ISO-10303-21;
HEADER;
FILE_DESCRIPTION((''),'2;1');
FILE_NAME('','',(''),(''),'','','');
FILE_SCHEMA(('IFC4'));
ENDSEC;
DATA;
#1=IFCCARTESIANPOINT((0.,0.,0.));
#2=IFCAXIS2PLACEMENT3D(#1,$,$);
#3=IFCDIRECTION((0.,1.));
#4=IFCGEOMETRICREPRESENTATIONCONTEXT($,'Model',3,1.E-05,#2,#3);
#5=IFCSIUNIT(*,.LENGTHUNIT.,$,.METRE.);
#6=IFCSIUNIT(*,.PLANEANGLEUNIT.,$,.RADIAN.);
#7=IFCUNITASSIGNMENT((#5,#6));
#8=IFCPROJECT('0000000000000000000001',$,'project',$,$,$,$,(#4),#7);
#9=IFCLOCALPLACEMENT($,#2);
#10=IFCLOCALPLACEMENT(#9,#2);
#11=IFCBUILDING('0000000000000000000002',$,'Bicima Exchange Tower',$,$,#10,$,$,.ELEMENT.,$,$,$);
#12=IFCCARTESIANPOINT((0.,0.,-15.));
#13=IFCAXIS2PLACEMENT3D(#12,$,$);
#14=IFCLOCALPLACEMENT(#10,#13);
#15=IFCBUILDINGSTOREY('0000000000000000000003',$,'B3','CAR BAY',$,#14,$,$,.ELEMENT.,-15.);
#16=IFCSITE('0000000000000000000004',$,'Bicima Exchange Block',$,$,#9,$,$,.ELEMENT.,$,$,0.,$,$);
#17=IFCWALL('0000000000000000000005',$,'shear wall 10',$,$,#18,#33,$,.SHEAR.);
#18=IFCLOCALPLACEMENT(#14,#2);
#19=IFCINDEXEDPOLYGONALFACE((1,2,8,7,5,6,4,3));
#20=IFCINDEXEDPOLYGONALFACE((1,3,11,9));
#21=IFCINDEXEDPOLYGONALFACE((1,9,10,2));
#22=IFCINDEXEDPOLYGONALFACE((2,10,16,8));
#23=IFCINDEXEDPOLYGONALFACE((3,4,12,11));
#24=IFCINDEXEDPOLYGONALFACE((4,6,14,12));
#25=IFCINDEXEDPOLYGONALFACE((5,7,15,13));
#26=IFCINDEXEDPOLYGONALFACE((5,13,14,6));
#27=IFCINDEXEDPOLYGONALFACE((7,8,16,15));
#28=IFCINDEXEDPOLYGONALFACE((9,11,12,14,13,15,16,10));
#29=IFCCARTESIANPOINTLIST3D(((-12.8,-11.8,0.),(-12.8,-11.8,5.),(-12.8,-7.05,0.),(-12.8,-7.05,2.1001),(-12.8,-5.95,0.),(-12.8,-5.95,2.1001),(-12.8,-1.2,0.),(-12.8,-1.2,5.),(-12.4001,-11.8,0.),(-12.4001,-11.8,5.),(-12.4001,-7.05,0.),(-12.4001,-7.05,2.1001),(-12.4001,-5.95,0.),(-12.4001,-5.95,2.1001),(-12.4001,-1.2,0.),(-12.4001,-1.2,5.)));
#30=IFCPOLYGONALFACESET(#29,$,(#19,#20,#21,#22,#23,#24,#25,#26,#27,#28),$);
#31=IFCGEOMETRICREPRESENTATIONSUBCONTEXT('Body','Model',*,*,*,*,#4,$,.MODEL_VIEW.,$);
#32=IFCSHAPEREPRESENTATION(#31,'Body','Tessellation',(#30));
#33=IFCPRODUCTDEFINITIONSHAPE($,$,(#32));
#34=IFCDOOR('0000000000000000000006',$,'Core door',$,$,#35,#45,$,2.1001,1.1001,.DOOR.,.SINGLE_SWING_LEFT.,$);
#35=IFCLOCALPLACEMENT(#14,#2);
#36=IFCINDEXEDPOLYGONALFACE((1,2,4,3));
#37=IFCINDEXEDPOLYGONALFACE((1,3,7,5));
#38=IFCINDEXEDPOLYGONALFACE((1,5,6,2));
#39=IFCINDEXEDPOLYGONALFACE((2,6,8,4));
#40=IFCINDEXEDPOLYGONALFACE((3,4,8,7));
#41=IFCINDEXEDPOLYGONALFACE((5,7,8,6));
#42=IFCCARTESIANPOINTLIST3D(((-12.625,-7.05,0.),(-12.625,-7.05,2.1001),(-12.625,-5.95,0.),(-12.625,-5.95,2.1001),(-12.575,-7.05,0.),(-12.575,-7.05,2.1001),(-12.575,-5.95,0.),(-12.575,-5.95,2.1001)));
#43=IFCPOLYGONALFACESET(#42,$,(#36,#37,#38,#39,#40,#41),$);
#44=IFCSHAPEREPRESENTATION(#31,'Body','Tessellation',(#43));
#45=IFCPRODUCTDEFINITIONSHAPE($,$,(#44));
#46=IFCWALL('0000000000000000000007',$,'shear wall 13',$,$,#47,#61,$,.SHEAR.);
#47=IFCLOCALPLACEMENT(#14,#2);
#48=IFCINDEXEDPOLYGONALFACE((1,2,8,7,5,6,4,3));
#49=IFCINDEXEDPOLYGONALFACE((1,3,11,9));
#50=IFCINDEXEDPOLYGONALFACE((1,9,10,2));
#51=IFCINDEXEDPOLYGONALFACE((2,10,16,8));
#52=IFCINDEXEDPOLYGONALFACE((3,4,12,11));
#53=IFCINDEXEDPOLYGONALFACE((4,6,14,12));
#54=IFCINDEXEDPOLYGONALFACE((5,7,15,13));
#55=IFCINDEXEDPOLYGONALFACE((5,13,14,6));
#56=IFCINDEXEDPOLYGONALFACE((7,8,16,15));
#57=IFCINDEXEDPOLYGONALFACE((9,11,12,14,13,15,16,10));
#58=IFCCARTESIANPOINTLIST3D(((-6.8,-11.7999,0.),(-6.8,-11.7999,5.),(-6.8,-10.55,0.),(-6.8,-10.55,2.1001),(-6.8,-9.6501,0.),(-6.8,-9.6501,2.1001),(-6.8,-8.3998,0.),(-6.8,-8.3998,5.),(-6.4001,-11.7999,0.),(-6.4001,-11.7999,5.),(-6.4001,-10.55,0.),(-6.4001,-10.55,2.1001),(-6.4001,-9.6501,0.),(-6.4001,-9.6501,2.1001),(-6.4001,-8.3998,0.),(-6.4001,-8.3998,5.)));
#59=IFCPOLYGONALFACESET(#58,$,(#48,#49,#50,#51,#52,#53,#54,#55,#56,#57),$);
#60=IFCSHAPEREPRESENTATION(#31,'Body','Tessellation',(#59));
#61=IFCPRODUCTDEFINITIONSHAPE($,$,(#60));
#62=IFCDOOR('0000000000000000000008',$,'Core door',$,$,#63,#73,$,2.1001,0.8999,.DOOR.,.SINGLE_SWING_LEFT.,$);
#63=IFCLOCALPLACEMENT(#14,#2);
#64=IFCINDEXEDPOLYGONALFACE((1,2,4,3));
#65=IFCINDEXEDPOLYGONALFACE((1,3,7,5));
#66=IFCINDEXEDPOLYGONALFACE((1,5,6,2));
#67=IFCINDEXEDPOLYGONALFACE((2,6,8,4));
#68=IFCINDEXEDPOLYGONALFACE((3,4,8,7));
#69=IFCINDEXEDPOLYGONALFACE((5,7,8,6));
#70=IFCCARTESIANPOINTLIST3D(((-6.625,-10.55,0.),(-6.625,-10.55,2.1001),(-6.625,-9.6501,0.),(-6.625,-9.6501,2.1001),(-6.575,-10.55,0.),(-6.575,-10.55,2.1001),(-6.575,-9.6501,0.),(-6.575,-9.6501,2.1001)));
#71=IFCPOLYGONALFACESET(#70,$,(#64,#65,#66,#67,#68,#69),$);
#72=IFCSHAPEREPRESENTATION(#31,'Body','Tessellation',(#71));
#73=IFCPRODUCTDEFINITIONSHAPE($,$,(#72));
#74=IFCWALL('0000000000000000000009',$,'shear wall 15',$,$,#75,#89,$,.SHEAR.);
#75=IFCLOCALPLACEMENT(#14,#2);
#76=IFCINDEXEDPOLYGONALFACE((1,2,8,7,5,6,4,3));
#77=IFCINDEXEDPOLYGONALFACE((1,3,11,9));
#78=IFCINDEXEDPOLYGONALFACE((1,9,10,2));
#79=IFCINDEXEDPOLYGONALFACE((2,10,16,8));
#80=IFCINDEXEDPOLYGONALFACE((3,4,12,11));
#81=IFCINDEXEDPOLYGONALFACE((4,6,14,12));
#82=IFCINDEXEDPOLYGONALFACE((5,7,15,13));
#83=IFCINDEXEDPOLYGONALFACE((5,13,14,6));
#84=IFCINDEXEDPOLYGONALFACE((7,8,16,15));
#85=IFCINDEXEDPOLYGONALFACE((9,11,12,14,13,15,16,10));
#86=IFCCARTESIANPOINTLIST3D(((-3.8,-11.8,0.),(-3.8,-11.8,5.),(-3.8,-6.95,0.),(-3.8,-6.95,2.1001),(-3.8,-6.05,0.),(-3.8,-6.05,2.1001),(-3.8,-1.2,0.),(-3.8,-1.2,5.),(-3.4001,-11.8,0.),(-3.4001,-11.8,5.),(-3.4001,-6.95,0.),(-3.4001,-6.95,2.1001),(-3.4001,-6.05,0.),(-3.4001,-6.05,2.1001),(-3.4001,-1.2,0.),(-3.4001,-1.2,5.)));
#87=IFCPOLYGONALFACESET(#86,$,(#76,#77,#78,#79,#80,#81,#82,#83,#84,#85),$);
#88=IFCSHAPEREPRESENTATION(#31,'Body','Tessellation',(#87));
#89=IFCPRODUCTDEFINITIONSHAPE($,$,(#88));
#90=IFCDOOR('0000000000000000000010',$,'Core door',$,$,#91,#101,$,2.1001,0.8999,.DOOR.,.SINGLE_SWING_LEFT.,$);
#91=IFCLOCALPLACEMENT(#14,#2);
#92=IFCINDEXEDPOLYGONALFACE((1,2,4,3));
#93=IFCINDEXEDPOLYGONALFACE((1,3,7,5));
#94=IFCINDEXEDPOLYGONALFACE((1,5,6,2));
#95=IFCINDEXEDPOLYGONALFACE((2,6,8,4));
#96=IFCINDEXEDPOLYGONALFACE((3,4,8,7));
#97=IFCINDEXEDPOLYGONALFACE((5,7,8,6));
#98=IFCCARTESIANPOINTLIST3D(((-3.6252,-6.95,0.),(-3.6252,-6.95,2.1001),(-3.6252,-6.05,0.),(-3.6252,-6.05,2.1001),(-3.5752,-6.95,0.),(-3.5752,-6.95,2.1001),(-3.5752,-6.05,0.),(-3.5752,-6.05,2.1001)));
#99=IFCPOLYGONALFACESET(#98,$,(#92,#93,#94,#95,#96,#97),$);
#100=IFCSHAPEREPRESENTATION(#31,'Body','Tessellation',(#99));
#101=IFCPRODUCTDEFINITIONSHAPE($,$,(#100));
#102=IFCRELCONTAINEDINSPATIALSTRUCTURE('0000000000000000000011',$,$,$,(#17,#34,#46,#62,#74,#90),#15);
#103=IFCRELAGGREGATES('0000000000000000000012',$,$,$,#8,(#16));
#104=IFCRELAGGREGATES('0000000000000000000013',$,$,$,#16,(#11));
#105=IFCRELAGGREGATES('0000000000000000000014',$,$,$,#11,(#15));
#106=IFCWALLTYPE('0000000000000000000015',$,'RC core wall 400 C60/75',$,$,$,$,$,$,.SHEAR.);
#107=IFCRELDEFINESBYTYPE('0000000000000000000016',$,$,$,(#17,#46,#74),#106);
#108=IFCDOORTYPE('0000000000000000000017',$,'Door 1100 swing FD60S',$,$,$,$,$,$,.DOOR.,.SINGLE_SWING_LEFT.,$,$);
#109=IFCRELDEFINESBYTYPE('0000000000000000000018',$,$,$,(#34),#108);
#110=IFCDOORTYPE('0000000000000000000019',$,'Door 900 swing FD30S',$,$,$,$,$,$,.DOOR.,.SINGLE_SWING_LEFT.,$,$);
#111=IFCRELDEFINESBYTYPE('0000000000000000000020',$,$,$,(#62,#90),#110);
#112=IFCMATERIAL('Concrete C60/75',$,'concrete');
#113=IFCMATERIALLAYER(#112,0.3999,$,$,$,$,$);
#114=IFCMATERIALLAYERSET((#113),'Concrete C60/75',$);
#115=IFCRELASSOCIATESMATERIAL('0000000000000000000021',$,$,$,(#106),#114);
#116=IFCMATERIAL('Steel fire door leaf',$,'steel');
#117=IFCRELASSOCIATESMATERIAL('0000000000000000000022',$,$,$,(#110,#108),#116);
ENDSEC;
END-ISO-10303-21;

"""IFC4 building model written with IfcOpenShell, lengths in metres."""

from ifc_helpers import new_model, si_unit, direction, frame, frame_2d, origin, place, context, subcontext, project, spatial, rectangle, extrude, material, layer, layer_set, type_object, element, fill, save


model = new_model("IFC4")

# Units and contexts
model_context = context("Model", 3, precision=1e-05, world=origin(), true_north=direction((0.0, 1.0)))
body_context = subcontext(model_context, "Body", "Model", "MODEL_VIEW")
ifc_project = project(units=[si_unit("LENGTHUNIT", "METRE"), si_unit("PLANEANGLEUNIT", "RADIAN")], contexts=[model_context])

# Site, building, storey
site_placement = place(None, origin())
site = spatial("IfcSite", under=ifc_project, at=site_placement, Name="Bicima Exchange Block", CompositionType="ELEMENT", RefElevation=0.0)
building_placement = place(site_placement, origin())
building = spatial("IfcBuilding", under=site, at=building_placement, Name="Bicima Exchange Tower", CompositionType="ELEMENT")
storey_placement = place(building_placement, frame((0.0, 0.0, -15.0)))
storey = spatial("IfcBuildingStorey", under=building, at=storey_placement, Name="B3", Description="CAR BAY", CompositionType="ELEMENT", Elevation=-15.0)

# Shared definitions
ifc_material_1 = material(Name="Steel fire door leaf", Category="steel")

# Walls, openings, doors
ifc_material_2 = material(Name="Concrete C60/75", Category="concrete")
ifc_layer_1 = layer(ifc_material_2, 0.3999)
ifc_layer_set_1 = layer_set([ifc_layer_1], Name="Concrete C60/75")
wall_type_1 = type_object("IfcWallType", Name="RC core wall 400 C60/75", PredefinedType="SHEAR", material=ifc_layer_set_1)
door_type_1 = type_object("IfcDoorType", Name="Door 900 swing FD30S", OperationType="SINGLE_SWING_LEFT", PredefinedType="DOOR", material=ifc_material_1)
wall_1_placement = place(storey_placement, frame((-12.6001, -11.8, 0.0), z_axis=(0.0, 0.0, 1.0), x_axis=(0.0, 1.0, 0.0)))
wall_1 = element("IfcWall", 1, at=wall_1_placement, inside=storey, type_object=wall_type_1, Name="shear wall 10", PredefinedType="SHEAR", context=body_context, shape_type="SweptSolid", body=[
    extrude(rectangle(XDim=10.6001, YDim=0.3999, at=frame_2d((5.3, 0.0))), origin(), (0.0, 0.0, 1.0), 5.0),
])
opening_1_placement = place(wall_1_placement, frame((4.75, 0.0, 0.0)))
opening_1 = element("IfcOpeningElement", 2, at=opening_1_placement, cuts=wall_1, PredefinedType="OPENING", context=body_context, shape_type="SweptSolid", body=[
    extrude(rectangle(XDim=1.1001, YDim=2.1001, at=frame_2d((0.55, 1.05))), frame((0.0, 0.2119, 0.0), z_axis=(0.0, -1.0, 0.0), x_axis=(1.0, 0.0, 0.0)), (0.0, 0.0, 1.0), 0.4238),
])
door_type_2 = type_object("IfcDoorType", Name="Door 1100 swing FD60S", OperationType="SINGLE_SWING_LEFT", PredefinedType="DOOR", material=ifc_material_1)
door_1_placement = place(opening_1_placement, origin())
door_1 = element("IfcDoor", 3, at=door_1_placement, inside=storey, type_object=door_type_2, Name="Core door", OperationType="SINGLE_SWING_LEFT", OverallHeight=2.1001, OverallWidth=1.1001, PredefinedType="DOOR", context=body_context, shape_type="SweptSolid", body=[
    extrude(rectangle(XDim=1.1001, YDim=2.1001, at=frame_2d((0.55, 1.05))), frame((0.0, 0.0249, 0.0), z_axis=(0.0, -1.0, 0.0), x_axis=(1.0, 0.0, 0.0)), (0.0, 0.0, 1.0), 0.05),
])
fill(opening_1, door_1)
wall_2_placement = place(storey_placement, frame((-6.6001, -11.8, 0.0), z_axis=(0.0, 0.0, 1.0), x_axis=(0.0, 1.0, 0.0)))
wall_2 = element("IfcWall", 4, at=wall_2_placement, inside=storey, type_object=wall_type_1, Name="shear wall 13", PredefinedType="SHEAR", context=body_context, shape_type="SweptSolid", body=[
    extrude(rectangle(XDim=3.4001, YDim=0.3999, at=frame_2d((1.7002, 0.0))), origin(), (0.0, 0.0, 1.0), 5.0),
])
opening_2_placement = place(wall_2_placement, frame((1.25, 0.0, 0.0)))
opening_2 = element("IfcOpeningElement", 5, at=opening_2_placement, cuts=wall_2, PredefinedType="OPENING", context=body_context, shape_type="SweptSolid", body=[
    extrude(rectangle(XDim=0.8999, YDim=2.1001, at=frame_2d((0.45, 1.05))), frame((0.0, 0.2119, 0.0), z_axis=(0.0, -1.0, 0.0), x_axis=(1.0, 0.0, 0.0)), (0.0, 0.0, 1.0), 0.4238),
])
door_2_placement = place(opening_2_placement, origin())
door_2 = element("IfcDoor", 6, at=door_2_placement, inside=storey, type_object=door_type_1, Name="Core door", OperationType="SINGLE_SWING_LEFT", OverallHeight=2.1001, OverallWidth=0.8999, PredefinedType="DOOR", context=body_context, shape_type="SweptSolid", body=[
    extrude(rectangle(XDim=0.8999, YDim=2.1001, at=frame_2d((0.45, 1.05))), frame((0.0, 0.0249, 0.0), z_axis=(0.0, -1.0, 0.0), x_axis=(1.0, 0.0, 0.0)), (0.0, 0.0, 1.0), 0.05),
])
fill(opening_2, door_2)
wall_3_placement = place(storey_placement, frame((-3.6001, -11.8, 0.0), z_axis=(0.0, 0.0, 1.0), x_axis=(0.0, 1.0, 0.0)))
wall_3 = element("IfcWall", 7, at=wall_3_placement, inside=storey, type_object=wall_type_1, Name="shear wall 15", PredefinedType="SHEAR", context=body_context, shape_type="SweptSolid", body=[
    extrude(rectangle(XDim=10.6001, YDim=0.3999, at=frame_2d((5.3, 0.0))), origin(), (0.0, 0.0, 1.0), 5.0),
])
opening_3_placement = place(wall_3_placement, frame((4.8501, 0.0, 0.0)))
opening_3 = element("IfcOpeningElement", 8, at=opening_3_placement, cuts=wall_3, PredefinedType="OPENING", context=body_context, shape_type="SweptSolid", body=[
    extrude(rectangle(XDim=0.8999, YDim=2.1001, at=frame_2d((0.45, 1.05))), frame((0.0, 0.2119, 0.0), z_axis=(0.0, -1.0, 0.0), x_axis=(1.0, 0.0, 0.0)), (0.0, 0.0, 1.0), 0.4238),
])
door_3_placement = place(opening_3_placement, frame((0.8999, 0.0, 0.0), z_axis=(0.0, 0.0, 1.0), x_axis=(-1.0, 0.0, 0.0)))
door_3 = element("IfcDoor", 9, at=door_3_placement, inside=storey, type_object=door_type_1, Name="Core door", OperationType="SINGLE_SWING_LEFT", OverallHeight=2.1001, OverallWidth=0.8999, PredefinedType="DOOR", context=body_context, shape_type="SweptSolid", body=[
    extrude(rectangle(XDim=0.8999, YDim=2.1001, at=frame_2d((0.45, 1.05))), frame((0.0, 0.0249, 0.0), z_axis=(0.0, -1.0, 0.0), x_axis=(1.0, 0.0, 0.0)), (0.0, 0.0, 1.0), 0.05),
])
fill(opening_3, door_3)

save(model, "model.ifc")
